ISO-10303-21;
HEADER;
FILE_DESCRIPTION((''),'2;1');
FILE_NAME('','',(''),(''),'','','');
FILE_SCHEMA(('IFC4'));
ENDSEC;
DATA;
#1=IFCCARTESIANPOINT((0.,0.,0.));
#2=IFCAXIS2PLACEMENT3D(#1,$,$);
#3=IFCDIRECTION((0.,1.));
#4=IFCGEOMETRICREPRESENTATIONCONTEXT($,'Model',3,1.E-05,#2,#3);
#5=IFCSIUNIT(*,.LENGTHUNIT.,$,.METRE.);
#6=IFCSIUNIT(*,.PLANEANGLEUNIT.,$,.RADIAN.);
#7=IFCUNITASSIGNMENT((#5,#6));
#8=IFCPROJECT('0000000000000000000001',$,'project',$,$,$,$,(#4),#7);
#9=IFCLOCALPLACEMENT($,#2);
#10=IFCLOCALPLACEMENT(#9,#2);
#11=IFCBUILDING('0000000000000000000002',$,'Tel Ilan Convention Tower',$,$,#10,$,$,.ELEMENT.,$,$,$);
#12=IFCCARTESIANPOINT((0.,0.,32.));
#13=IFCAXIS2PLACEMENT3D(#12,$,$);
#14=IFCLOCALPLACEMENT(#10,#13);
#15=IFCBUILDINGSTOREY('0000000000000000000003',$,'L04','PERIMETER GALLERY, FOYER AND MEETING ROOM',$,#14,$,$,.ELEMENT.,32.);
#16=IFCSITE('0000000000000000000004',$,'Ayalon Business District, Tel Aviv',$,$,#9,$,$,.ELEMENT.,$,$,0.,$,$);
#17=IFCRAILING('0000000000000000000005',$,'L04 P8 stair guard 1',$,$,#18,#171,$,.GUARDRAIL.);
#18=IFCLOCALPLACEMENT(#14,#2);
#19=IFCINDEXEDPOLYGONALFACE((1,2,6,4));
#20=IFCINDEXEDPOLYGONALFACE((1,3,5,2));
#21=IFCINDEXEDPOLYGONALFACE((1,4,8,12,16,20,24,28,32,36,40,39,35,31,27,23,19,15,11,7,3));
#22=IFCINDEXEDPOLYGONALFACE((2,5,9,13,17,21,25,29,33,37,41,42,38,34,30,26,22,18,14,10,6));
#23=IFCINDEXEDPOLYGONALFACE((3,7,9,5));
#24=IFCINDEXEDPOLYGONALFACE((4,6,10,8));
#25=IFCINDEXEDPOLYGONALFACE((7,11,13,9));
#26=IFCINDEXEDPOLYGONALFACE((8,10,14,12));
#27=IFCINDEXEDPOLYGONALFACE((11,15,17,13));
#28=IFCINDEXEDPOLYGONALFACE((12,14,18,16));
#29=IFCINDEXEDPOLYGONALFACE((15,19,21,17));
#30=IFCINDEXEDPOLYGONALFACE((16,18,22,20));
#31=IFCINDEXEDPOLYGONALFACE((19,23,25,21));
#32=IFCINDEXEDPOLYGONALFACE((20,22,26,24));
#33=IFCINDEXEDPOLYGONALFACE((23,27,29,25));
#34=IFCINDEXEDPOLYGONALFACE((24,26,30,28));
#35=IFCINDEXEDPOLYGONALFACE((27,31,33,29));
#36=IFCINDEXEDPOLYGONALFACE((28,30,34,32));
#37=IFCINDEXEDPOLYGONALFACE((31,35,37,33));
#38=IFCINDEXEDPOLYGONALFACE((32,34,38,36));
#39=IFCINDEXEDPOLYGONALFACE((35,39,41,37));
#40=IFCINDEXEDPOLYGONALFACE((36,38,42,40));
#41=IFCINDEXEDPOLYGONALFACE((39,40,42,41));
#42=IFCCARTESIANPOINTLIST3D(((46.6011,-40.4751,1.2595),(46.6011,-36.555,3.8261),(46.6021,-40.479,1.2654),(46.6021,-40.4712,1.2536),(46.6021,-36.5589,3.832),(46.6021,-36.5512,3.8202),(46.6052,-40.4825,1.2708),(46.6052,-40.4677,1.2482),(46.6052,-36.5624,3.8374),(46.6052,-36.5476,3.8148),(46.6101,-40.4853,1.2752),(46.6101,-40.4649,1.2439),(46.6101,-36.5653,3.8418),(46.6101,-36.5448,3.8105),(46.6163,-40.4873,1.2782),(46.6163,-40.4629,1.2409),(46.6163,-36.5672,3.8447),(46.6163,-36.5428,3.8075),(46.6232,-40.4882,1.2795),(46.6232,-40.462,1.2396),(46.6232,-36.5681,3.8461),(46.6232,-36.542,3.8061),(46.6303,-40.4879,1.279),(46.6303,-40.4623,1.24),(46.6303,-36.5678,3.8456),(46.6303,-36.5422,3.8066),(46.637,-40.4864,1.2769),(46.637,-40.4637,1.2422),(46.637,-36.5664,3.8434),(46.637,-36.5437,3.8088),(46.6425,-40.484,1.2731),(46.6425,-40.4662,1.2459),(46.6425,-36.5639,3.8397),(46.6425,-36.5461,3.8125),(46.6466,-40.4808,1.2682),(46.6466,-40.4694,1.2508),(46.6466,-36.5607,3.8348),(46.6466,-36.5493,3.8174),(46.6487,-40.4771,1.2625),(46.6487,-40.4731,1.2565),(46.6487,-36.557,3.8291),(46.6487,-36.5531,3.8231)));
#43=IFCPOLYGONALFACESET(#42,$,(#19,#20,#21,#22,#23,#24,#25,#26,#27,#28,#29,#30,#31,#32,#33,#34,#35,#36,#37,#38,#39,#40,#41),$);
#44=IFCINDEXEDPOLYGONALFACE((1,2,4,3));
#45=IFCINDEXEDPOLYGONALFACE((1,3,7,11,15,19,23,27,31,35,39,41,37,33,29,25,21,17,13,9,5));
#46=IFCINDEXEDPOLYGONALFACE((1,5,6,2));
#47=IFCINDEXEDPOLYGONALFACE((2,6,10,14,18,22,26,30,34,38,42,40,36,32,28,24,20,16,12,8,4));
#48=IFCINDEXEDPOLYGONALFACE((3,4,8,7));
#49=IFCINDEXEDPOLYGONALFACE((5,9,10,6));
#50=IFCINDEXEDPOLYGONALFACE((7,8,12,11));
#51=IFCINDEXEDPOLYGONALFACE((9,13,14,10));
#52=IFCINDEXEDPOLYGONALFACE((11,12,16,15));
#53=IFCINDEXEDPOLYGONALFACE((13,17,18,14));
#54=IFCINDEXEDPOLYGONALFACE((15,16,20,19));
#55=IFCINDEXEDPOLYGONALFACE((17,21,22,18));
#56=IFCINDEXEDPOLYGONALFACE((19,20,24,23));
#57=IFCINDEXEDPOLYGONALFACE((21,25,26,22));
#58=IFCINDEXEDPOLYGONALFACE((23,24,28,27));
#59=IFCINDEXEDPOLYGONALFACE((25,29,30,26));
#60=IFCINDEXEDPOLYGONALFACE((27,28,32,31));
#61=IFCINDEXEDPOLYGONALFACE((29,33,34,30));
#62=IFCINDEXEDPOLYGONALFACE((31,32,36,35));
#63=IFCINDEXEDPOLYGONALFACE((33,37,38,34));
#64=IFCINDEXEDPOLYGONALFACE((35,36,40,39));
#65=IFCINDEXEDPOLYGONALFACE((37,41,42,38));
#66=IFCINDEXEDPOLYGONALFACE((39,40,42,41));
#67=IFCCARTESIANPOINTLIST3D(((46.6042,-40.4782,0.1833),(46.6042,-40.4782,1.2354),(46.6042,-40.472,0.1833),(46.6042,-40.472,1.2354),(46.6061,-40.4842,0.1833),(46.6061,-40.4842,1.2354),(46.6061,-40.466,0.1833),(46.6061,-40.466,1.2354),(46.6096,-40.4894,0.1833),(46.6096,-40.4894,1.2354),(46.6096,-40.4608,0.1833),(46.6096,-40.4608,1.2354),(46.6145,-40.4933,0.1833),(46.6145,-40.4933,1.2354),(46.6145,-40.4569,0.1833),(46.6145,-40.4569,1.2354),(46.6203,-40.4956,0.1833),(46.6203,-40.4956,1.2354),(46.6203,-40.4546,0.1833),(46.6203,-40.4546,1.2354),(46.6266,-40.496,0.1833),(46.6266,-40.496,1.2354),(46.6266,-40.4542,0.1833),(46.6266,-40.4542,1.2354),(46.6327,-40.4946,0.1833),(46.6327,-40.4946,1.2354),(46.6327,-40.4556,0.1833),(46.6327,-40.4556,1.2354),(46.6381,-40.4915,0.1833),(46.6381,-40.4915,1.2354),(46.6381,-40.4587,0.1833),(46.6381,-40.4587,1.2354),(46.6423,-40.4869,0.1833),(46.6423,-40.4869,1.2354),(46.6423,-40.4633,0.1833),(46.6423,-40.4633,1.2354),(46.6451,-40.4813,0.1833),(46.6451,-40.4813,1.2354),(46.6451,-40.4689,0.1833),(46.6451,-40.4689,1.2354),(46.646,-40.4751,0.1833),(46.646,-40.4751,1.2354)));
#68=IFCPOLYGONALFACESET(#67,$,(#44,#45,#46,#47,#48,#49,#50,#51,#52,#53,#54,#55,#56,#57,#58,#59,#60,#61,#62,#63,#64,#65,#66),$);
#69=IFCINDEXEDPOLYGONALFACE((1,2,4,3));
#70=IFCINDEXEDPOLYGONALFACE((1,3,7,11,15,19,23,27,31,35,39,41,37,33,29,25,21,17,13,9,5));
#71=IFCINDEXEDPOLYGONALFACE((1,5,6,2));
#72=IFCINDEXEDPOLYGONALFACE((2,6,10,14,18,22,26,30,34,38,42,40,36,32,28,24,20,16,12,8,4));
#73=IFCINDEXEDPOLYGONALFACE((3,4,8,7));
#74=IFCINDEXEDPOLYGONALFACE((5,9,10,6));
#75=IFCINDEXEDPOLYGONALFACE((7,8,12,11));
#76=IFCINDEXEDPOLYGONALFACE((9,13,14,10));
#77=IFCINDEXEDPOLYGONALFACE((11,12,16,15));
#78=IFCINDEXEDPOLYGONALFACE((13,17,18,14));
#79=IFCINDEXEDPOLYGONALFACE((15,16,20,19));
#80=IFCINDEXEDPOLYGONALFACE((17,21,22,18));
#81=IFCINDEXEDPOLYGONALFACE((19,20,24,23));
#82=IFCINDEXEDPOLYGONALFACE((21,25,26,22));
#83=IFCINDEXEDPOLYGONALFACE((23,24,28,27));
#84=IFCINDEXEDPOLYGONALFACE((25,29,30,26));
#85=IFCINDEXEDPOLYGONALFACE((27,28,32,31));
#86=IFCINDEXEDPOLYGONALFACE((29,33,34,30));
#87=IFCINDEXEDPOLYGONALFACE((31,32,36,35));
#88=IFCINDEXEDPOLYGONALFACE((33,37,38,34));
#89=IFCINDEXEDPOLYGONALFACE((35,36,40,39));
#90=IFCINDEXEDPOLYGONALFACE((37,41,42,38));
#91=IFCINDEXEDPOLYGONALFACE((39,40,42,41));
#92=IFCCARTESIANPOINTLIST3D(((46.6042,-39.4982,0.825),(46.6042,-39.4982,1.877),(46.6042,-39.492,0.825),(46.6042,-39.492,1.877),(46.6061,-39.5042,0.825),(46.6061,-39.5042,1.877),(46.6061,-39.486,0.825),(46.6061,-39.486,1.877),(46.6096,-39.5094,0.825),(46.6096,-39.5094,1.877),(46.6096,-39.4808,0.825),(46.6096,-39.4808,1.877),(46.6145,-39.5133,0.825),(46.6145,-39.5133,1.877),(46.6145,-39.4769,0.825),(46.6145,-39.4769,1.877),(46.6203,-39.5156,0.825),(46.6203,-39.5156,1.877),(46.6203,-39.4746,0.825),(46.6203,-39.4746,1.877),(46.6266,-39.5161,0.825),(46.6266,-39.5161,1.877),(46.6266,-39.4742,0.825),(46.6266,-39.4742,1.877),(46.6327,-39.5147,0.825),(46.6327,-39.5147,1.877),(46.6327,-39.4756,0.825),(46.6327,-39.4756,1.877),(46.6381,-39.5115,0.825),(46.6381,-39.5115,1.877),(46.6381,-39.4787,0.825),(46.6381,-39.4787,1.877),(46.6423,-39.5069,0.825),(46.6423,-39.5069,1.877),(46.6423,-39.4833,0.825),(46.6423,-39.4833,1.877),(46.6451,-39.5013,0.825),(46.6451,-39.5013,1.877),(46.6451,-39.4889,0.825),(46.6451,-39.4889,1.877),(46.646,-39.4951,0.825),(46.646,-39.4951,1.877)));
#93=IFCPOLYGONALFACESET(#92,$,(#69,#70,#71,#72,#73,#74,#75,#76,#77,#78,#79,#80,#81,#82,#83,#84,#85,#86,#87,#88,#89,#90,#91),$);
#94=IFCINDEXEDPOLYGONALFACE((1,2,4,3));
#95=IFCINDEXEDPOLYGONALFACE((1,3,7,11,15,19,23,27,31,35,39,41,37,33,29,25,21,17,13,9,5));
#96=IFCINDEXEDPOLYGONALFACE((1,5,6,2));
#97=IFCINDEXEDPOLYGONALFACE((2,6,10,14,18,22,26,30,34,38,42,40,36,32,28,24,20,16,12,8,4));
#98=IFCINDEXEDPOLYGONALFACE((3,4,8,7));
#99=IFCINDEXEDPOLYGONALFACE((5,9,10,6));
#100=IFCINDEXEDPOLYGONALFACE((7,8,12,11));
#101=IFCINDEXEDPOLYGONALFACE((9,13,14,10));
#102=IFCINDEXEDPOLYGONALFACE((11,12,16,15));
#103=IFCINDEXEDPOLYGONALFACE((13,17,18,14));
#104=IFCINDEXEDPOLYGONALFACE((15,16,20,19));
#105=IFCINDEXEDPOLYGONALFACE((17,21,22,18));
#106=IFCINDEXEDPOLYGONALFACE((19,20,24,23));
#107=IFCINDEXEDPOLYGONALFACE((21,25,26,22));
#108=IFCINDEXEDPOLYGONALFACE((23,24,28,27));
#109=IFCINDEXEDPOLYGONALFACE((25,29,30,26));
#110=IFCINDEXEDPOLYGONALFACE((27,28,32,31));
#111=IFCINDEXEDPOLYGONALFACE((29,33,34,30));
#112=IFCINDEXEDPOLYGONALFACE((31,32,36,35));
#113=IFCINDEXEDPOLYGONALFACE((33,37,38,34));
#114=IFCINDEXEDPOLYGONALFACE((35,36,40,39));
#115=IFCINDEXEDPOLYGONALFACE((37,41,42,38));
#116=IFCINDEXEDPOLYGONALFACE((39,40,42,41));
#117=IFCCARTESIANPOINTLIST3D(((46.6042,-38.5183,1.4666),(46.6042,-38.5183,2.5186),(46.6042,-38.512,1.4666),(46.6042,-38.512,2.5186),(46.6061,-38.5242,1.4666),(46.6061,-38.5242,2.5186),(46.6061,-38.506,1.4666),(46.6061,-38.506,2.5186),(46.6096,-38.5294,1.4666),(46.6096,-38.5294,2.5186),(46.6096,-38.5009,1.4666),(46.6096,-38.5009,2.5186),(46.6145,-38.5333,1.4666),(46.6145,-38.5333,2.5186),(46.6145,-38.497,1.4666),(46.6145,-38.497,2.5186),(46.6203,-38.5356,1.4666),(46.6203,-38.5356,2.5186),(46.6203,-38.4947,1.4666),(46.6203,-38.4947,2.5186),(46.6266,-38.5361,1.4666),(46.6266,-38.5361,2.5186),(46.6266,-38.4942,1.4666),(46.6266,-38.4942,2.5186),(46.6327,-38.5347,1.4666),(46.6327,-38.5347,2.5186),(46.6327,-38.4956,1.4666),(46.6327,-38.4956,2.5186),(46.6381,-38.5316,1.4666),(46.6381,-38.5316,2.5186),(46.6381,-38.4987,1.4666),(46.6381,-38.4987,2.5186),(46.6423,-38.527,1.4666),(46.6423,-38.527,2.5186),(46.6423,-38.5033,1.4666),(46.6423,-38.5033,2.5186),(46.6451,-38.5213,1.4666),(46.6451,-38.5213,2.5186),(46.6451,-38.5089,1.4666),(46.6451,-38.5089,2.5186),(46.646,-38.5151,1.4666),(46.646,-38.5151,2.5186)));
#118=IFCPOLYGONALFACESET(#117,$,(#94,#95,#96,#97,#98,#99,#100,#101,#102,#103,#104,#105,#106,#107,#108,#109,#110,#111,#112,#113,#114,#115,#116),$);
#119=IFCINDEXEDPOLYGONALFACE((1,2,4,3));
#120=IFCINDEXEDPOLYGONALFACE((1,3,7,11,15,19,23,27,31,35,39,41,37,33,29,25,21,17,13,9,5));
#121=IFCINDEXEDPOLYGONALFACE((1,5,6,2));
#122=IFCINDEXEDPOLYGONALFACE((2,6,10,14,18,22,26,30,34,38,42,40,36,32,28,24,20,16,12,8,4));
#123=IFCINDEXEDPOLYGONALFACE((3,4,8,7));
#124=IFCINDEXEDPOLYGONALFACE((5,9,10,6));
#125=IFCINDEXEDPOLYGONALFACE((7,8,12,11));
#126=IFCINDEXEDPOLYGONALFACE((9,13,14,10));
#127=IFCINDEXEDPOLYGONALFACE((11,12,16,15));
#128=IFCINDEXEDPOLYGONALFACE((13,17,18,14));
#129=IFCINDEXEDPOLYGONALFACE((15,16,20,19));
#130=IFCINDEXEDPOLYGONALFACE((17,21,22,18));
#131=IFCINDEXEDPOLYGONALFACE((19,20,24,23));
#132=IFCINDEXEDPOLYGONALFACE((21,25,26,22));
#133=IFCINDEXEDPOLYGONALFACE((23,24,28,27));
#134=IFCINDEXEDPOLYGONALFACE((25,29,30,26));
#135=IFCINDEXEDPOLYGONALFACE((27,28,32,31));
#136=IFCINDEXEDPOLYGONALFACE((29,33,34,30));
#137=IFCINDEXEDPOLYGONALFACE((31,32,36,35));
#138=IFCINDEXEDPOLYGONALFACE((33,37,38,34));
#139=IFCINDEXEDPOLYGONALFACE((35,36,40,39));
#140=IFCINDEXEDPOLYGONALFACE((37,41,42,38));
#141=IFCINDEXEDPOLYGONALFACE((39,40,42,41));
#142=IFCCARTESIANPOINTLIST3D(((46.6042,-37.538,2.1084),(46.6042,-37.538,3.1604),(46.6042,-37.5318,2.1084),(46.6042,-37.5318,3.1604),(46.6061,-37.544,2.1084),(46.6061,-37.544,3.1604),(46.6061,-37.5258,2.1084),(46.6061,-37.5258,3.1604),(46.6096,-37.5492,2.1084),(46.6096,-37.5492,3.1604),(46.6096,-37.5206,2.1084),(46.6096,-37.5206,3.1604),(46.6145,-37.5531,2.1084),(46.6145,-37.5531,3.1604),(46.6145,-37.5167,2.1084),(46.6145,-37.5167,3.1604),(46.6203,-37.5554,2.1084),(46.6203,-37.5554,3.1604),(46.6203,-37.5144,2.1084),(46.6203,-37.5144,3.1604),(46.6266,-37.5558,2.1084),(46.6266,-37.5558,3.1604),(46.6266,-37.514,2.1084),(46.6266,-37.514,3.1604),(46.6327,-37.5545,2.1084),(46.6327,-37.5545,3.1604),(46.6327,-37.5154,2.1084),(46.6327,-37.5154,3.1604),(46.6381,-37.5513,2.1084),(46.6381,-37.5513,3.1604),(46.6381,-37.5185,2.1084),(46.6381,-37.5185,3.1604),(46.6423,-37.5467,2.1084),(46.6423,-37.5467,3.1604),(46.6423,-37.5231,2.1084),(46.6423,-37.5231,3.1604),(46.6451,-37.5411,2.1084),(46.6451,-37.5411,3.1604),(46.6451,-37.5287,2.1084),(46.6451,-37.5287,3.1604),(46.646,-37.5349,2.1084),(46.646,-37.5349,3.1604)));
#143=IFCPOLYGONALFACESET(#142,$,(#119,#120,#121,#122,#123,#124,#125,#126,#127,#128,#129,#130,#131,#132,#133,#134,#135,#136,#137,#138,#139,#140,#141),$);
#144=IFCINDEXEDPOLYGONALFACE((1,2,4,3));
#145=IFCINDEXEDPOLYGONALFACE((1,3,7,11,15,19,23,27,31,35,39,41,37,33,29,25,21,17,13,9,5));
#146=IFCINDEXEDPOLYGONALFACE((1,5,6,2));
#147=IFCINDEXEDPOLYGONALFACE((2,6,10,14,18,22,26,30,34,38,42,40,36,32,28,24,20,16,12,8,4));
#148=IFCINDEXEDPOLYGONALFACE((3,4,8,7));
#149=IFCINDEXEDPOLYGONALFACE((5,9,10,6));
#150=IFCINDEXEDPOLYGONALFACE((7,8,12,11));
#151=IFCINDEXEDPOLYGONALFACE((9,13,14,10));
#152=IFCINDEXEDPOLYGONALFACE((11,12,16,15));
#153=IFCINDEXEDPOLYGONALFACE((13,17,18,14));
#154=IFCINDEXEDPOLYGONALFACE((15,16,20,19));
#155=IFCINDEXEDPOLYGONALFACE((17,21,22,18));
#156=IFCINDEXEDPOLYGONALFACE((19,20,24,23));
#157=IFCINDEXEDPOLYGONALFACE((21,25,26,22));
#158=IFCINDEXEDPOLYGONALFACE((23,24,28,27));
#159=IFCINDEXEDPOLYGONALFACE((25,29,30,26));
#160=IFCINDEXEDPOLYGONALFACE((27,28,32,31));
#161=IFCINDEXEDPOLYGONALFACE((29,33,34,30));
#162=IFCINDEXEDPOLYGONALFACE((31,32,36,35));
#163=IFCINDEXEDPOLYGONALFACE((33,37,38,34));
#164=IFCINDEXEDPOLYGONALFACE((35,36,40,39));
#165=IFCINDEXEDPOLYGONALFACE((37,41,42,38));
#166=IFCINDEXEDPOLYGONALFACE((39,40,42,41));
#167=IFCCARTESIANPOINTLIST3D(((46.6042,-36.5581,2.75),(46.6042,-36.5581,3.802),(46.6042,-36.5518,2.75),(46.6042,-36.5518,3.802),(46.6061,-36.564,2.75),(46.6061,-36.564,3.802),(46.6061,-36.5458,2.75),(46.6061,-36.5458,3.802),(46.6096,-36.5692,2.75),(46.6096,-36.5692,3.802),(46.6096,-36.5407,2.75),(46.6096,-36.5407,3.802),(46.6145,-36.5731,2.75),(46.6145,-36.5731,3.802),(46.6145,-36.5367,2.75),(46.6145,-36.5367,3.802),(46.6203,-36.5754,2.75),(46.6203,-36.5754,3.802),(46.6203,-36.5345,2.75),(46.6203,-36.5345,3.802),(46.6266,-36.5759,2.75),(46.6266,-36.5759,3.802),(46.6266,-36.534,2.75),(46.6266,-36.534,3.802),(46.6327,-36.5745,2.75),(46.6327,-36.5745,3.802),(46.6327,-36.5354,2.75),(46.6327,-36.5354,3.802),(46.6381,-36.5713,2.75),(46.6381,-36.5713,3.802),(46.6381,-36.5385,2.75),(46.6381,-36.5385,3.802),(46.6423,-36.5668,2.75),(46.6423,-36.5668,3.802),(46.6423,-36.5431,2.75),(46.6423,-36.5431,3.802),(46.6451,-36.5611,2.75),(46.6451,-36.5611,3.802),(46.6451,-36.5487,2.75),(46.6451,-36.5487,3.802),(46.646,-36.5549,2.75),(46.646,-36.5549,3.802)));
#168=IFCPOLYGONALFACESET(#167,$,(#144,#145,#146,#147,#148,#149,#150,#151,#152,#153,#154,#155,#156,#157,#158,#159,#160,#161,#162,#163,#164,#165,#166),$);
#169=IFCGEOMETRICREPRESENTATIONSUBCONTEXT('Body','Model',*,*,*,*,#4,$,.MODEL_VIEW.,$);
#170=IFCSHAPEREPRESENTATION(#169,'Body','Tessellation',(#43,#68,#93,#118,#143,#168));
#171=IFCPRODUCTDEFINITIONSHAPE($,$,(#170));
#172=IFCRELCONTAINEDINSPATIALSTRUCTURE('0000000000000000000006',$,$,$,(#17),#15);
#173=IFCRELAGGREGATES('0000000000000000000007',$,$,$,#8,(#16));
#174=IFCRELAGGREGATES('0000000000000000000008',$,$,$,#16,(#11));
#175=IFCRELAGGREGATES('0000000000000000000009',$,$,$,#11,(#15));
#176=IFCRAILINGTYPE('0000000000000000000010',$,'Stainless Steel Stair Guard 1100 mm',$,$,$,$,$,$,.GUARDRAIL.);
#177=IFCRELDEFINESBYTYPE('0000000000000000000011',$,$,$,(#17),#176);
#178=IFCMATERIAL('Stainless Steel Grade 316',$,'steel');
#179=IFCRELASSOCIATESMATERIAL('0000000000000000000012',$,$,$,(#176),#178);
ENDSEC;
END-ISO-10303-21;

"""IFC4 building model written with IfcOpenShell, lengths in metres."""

from ifc_helpers import new_model, si_unit, direction, frame, origin, origin_2d, place, context, subcontext, project, spatial, circle, extrude, material, type_object, element, save


model = new_model("IFC4")

# Units and contexts
model_context = context("Model", 3, precision=1e-05, world=origin(), true_north=direction((0.0, 1.0)))
body_context = subcontext(model_context, "Body", "Model", "MODEL_VIEW")
ifc_project = project(units=[si_unit("LENGTHUNIT", "METRE"), si_unit("PLANEANGLEUNIT", "RADIAN")], contexts=[model_context])

# Site, building, storey
site_placement = place(None, origin())
site = spatial("IfcSite", under=ifc_project, at=site_placement, Name="Ayalon Business District, Tel Aviv", CompositionType="ELEMENT", RefElevation=0.0)
building_placement = place(site_placement, origin())
building = spatial("IfcBuilding", under=site, at=building_placement, Name="Tel Ilan Convention Tower", CompositionType="ELEMENT")
storey_placement = place(building_placement, frame((0.0, 0.0, 32.0)))
storey = spatial("IfcBuildingStorey", under=building, at=storey_placement, Name="L04", Description="PERIMETER GALLERY, FOYER AND MEETING ROOM", CompositionType="ELEMENT", Elevation=32.0)

# Railing
ifc_material_1 = material(Name="Stainless Steel Grade 316", Category="steel")
railing_type_1 = type_object("IfcRailingType", Name="Stainless Steel Stair Guard 1100 mm", PredefinedType="GUARDRAIL", material=ifc_material_1)
railing_1_placement = place(storey_placement, frame((46.625, -40.4751, 0.1833)))
element("IfcRailing", 1, at=railing_1_placement, inside=storey, type_object=railing_type_1, Name="L04 P8 stair guard 1", PredefinedType="GUARDRAIL", context=body_context, shape_type="SweptSolid", body=[
    extrude(circle(Radius=0.0239, at=origin_2d()), frame((0.0, 0.0, 1.0762), z_axis=(0.0, 0.836631, 0.547767), x_axis=(-1.0, 0.0, 0.0)), (0.0, 0.0, 1.0), 4.6855),
    extrude(circle(Radius=0.021, at=origin_2d()), origin(), (0.0, 0.0, 1.0), 1.052),
    extrude(circle(Radius=0.021, at=origin_2d()), frame((0.0, 0.98, 0.6416)), (0.0, 0.0, 1.0), 1.052),
    extrude(circle(Radius=0.021, at=origin_2d()), frame((0.0, 1.96, 1.2832)), (0.0, 0.0, 1.0), 1.052),
    extrude(circle(Radius=0.021, at=origin_2d()), frame((0.0, 2.9402, 1.925)), (0.0, 0.0, 1.0), 1.052),
    extrude(circle(Radius=0.021, at=origin_2d()), frame((0.0, 3.9202, 2.5667)), (0.0, 0.0, 1.0), 1.052),
])

save(model, "model.ifc")
